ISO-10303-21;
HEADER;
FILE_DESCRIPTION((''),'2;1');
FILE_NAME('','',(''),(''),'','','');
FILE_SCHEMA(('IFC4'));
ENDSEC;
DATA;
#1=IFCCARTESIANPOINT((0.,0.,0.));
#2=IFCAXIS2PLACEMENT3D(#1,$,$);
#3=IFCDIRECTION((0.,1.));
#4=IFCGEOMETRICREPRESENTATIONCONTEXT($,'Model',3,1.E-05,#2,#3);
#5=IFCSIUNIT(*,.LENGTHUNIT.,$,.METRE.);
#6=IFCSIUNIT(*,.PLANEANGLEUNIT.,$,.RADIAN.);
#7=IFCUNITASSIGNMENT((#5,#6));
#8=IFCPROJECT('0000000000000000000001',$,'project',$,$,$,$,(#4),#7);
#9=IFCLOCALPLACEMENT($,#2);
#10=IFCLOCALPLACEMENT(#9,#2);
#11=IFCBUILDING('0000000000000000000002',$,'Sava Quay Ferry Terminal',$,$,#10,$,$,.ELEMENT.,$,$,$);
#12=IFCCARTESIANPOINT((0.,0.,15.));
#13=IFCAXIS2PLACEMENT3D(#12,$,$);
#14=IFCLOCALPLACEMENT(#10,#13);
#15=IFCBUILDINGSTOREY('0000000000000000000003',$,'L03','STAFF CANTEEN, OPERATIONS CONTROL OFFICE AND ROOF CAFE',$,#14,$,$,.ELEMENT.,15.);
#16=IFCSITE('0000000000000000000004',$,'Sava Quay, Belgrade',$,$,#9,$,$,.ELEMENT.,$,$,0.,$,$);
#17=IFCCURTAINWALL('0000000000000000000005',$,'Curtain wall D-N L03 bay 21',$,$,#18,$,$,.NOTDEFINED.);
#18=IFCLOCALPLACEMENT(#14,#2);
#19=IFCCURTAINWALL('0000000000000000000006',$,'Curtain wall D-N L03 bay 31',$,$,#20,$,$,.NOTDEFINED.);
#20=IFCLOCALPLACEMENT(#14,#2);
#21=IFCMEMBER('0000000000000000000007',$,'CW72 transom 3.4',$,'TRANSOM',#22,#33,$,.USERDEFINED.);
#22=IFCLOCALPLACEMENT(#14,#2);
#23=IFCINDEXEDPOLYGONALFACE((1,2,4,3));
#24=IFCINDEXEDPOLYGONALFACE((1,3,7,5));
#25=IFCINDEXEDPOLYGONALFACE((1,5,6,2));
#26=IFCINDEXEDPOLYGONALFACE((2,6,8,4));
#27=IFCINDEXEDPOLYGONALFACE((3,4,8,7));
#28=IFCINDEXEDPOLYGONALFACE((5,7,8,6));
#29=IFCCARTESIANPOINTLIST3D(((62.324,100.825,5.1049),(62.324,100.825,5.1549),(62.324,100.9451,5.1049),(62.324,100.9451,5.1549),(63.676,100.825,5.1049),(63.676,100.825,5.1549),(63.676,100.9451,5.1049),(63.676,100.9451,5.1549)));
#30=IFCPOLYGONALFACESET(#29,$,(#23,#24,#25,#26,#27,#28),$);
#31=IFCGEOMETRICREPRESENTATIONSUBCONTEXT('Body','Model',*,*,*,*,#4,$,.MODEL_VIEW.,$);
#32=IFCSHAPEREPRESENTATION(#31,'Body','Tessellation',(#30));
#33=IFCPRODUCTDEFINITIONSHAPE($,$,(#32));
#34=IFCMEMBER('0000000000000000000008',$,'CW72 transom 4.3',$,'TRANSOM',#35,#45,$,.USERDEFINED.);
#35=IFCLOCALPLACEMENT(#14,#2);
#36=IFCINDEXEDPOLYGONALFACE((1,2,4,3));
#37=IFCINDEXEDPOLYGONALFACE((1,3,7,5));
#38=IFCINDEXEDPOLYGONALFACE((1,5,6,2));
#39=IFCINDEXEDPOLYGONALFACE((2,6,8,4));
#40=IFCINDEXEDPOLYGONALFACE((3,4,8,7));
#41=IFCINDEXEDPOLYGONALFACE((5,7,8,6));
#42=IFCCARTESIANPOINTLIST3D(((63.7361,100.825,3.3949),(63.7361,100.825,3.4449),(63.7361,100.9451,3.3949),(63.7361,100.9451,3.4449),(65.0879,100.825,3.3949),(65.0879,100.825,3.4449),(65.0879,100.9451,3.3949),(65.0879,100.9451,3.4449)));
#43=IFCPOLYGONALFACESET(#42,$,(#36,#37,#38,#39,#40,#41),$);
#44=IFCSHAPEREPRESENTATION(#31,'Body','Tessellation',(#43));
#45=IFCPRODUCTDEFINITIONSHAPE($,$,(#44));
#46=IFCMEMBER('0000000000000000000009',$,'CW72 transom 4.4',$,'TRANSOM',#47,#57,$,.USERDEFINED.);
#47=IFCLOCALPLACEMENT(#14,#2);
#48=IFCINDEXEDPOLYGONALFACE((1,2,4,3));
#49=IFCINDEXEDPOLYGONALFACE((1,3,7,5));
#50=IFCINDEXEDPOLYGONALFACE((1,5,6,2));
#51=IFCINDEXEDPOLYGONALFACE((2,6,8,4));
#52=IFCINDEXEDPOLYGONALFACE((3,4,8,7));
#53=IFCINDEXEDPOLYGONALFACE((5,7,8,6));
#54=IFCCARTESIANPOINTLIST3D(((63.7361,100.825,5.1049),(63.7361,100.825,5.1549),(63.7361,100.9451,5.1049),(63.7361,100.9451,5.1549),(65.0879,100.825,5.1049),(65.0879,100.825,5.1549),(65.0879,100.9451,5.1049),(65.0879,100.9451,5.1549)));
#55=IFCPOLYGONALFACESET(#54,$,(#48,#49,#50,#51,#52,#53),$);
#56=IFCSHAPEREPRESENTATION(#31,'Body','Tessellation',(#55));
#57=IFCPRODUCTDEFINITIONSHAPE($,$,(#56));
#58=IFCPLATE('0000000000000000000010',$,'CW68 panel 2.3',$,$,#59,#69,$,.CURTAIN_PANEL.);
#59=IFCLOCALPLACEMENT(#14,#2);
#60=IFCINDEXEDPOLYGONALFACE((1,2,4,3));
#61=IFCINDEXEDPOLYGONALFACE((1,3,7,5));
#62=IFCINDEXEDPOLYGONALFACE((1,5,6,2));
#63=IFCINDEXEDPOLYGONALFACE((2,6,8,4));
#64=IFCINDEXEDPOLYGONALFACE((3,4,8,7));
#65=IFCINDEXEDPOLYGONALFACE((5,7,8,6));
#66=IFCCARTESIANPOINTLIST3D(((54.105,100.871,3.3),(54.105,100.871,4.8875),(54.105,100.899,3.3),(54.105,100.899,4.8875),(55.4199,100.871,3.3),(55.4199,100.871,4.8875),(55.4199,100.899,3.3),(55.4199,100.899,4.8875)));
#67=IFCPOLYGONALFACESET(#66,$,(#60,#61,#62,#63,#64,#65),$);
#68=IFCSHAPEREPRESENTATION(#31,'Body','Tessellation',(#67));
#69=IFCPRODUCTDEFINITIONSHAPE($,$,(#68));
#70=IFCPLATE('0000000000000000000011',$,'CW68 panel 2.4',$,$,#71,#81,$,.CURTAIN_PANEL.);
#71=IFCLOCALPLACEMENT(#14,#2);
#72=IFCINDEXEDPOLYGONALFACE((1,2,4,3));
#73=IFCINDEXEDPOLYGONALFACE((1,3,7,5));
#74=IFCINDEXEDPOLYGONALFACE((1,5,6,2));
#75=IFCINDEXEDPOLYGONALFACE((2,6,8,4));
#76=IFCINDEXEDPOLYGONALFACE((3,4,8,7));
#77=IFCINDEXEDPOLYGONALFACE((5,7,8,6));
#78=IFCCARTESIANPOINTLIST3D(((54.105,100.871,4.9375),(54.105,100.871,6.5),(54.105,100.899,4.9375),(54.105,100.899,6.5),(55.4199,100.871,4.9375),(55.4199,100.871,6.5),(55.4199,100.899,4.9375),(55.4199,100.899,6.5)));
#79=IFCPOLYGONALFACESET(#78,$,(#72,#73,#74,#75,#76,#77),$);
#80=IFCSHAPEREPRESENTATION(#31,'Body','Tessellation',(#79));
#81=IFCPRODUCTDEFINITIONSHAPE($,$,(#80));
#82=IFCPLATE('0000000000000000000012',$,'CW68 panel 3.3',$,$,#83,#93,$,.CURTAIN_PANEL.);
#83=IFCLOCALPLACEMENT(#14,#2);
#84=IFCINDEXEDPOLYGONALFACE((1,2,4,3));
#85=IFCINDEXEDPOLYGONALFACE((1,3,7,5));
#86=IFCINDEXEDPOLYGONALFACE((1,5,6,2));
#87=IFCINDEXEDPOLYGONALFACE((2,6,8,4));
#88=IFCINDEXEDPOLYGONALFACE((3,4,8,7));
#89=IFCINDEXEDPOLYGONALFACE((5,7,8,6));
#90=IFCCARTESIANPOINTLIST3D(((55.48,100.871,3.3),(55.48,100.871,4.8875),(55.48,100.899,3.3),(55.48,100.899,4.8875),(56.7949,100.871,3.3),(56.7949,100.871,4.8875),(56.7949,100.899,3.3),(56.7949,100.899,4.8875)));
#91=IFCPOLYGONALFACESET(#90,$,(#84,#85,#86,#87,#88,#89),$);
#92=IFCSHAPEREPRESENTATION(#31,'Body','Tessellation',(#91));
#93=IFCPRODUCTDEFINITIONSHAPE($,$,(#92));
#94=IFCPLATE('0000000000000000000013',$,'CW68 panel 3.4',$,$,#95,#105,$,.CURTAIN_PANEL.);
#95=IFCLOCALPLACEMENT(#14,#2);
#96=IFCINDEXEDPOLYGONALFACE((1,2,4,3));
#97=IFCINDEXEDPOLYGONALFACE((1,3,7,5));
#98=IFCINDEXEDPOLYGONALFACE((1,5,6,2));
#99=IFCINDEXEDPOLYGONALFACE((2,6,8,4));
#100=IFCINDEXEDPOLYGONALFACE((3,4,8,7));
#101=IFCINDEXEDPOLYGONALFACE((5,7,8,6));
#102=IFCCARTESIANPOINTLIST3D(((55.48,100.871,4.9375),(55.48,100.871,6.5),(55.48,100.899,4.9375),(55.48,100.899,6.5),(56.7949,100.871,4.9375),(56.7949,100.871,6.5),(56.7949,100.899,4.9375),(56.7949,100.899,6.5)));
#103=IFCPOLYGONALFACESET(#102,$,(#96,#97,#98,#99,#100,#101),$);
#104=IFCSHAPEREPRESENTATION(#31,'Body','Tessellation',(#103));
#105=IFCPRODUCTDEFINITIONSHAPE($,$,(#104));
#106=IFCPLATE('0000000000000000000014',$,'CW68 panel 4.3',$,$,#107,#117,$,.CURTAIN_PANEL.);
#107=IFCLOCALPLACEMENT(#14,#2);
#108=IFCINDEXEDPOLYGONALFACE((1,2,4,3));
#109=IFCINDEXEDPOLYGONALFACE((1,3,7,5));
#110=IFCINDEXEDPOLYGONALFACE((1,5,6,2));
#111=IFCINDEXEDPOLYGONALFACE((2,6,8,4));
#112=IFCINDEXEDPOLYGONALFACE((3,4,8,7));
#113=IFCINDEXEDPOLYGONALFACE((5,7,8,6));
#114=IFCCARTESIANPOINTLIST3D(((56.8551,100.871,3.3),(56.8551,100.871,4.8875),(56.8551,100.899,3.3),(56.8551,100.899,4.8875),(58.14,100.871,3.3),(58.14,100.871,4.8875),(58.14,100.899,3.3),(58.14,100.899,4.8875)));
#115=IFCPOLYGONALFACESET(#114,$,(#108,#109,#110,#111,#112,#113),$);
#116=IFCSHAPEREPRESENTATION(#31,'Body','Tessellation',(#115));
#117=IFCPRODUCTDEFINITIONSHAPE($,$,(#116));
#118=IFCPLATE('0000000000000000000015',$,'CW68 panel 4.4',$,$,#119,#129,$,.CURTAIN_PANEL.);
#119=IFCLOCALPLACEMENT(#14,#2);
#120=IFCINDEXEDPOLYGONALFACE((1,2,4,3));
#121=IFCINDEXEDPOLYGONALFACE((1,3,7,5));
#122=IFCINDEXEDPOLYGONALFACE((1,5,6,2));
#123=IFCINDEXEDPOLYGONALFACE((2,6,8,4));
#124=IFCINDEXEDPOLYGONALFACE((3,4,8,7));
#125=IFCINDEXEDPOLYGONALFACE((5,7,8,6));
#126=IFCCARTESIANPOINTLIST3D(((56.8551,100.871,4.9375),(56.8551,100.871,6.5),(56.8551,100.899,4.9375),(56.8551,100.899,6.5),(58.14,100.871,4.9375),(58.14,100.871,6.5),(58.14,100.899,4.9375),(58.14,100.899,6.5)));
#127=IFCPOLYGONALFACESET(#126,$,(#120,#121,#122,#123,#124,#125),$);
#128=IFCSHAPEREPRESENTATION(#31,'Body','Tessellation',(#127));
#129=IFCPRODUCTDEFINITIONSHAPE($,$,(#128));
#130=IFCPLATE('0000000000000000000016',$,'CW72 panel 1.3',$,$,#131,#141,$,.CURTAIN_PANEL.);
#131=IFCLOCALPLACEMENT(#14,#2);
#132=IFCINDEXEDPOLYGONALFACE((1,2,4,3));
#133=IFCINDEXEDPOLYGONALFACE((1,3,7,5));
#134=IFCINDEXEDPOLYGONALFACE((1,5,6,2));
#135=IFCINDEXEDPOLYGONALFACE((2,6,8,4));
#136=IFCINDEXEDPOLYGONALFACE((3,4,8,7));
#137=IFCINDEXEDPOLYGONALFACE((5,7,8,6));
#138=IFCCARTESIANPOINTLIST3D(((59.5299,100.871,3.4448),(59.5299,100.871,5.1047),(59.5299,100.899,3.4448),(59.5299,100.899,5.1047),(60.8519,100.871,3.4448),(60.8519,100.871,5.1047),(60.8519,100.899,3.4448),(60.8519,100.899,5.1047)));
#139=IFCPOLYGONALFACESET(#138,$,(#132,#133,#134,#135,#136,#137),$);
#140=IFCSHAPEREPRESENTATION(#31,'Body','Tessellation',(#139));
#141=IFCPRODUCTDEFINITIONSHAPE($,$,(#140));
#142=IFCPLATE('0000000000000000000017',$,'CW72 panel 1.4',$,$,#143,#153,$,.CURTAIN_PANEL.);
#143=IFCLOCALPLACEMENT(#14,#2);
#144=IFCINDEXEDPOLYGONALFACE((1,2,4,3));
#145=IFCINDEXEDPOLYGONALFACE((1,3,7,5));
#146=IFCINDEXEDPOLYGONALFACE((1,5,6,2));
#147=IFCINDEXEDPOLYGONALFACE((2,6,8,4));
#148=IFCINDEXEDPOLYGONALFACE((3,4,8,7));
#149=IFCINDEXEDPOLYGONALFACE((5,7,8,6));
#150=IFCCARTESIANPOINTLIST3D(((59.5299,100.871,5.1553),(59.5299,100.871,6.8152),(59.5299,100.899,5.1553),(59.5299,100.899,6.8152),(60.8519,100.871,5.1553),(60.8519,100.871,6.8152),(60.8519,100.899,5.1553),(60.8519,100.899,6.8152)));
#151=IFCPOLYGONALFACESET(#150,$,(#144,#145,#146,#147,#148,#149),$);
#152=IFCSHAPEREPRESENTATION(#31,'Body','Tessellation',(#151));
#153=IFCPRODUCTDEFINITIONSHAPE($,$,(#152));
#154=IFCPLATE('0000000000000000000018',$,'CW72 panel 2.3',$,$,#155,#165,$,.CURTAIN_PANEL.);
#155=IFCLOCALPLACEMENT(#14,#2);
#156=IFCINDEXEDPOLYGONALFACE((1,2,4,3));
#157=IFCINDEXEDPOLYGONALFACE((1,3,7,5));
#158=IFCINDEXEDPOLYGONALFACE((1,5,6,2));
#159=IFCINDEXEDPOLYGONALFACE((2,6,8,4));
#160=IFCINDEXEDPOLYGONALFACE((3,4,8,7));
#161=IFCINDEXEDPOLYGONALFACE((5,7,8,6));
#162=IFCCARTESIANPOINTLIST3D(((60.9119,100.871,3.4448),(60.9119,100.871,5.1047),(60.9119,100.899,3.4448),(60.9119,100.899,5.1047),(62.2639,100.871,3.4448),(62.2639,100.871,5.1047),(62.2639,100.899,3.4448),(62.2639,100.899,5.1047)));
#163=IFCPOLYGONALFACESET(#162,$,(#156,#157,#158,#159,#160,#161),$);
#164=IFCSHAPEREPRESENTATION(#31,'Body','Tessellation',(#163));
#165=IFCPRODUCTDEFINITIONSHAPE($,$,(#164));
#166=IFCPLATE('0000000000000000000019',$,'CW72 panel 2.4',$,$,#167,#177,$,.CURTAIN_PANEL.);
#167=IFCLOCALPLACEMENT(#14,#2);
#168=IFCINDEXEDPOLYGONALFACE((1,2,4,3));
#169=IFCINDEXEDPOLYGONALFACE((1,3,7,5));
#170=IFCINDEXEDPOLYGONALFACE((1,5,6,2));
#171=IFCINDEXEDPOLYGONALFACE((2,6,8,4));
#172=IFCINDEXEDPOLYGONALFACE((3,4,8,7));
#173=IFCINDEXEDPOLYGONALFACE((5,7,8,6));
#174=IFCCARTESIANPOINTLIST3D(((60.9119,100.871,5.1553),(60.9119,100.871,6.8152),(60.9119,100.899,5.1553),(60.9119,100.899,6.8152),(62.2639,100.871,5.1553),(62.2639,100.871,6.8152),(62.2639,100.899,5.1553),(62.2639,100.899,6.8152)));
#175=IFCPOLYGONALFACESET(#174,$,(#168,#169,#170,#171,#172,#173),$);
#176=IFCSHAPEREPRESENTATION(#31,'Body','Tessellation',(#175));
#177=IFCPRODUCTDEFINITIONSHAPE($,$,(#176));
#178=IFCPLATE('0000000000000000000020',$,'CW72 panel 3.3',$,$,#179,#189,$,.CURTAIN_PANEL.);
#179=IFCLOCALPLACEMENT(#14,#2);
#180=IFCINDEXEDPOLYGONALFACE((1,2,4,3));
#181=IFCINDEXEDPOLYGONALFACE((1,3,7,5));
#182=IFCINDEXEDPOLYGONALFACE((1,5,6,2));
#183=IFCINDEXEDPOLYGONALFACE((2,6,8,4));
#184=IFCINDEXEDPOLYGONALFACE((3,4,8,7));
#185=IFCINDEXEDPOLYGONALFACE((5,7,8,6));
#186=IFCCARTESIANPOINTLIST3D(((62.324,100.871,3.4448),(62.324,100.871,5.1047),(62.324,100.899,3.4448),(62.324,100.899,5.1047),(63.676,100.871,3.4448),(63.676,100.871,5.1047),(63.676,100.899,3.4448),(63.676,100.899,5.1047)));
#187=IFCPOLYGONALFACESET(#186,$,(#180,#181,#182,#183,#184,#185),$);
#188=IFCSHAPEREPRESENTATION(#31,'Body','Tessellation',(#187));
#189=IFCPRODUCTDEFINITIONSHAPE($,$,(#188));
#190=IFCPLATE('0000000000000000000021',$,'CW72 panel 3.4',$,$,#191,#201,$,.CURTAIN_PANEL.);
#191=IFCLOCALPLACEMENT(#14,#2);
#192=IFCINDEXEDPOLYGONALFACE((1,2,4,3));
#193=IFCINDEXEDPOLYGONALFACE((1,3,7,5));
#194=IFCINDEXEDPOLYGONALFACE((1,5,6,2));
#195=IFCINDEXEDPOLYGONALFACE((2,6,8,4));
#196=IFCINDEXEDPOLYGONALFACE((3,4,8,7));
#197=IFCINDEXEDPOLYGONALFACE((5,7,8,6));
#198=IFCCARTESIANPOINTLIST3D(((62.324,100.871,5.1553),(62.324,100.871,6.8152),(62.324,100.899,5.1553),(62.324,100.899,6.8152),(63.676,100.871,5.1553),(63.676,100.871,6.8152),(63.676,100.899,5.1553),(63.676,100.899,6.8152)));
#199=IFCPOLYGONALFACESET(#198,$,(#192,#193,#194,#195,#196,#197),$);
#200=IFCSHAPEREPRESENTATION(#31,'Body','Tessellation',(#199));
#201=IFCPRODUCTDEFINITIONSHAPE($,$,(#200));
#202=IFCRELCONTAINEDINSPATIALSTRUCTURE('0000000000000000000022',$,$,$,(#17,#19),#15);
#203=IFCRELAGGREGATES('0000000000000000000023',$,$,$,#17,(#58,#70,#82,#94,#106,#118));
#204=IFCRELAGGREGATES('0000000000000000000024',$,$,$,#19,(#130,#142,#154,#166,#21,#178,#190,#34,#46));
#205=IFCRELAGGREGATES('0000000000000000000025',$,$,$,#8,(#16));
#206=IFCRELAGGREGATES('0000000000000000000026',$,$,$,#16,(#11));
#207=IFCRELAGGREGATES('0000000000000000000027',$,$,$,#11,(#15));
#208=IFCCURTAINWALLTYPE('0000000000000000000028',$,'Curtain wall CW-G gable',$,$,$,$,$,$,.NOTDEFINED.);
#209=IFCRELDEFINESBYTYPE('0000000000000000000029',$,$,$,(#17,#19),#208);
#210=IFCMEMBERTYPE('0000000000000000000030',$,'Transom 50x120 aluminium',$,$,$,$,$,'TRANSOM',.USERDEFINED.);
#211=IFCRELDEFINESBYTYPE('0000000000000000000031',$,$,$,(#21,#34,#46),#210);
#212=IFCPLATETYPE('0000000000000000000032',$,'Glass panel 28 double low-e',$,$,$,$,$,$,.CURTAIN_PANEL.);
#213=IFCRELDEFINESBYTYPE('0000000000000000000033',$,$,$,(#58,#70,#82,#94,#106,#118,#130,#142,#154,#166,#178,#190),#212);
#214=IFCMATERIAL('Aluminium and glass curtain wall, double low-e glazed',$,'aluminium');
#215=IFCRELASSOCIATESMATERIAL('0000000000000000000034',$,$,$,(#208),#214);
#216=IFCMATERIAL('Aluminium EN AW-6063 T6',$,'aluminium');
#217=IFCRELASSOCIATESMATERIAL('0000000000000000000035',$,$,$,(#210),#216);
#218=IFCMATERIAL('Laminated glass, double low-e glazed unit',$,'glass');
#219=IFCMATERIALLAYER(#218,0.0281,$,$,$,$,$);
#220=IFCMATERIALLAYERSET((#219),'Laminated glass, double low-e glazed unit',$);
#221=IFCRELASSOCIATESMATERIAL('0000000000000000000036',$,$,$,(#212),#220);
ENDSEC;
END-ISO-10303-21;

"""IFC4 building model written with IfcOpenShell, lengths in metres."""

from ifc_helpers import new_model, si_unit, direction, frame, origin, origin_2d, place, context, subcontext, project, spatial, rectangle, extrude, material, layer, layer_set, material_profile, profile_set, type_object, element, aggregate, save


model = new_model("IFC4")

# Units and contexts
model_context = context("Model", 3, precision=1e-05, world=origin(), true_north=direction((0.0, 1.0)))
body_context = subcontext(model_context, "Body", "Model", "MODEL_VIEW")
ifc_project = project(units=[si_unit("LENGTHUNIT", "METRE"), si_unit("PLANEANGLEUNIT", "RADIAN")], contexts=[model_context])

# Site, building, storey
site_placement = place(None, origin())
site = spatial("IfcSite", under=ifc_project, at=site_placement, Name="Sava Quay, Belgrade", CompositionType="ELEMENT", RefElevation=0.0)
building_placement = place(site_placement, origin())
building = spatial("IfcBuilding", under=site, at=building_placement, Name="Sava Quay Ferry Terminal", CompositionType="ELEMENT")
storey_placement = place(building_placement, frame((0.0, 0.0, 15.0)))
storey = spatial("IfcBuildingStorey", under=building, at=storey_placement, Name="L03", Description="STAFF CANTEEN, OPERATIONS CONTROL OFFICE AND ROOF CAFE", CompositionType="ELEMENT", Elevation=15.0)

# Curtain walls, members
ifc_material_1 = material(Name="Aluminium and glass curtain wall, double low-e glazed", Category="aluminium")
curtain_wall_type = type_object("IfcCurtainWallType", Name="Curtain wall CW-G gable", PredefinedType="NOTDEFINED", material=ifc_material_1)
curtain_wall_1_placement = place(storey_placement, origin())
curtain_wall_1 = element("IfcCurtainWall", 1, at=curtain_wall_1_placement, inside=storey, type_object=curtain_wall_type, Name="Curtain wall D-N L03 bay 21", PredefinedType="NOTDEFINED")
ifc_material_2 = material(Name="Aluminium EN AW-6063 T6", Category="aluminium")
ifc_material_profile_1 = material_profile(ifc_material_2, rectangle(XDim=0.1201, YDim=0.05, at=origin_2d()), Name="Transom 50x120 aluminium")
ifc_profile_set_1 = profile_set([ifc_material_profile_1], Name="Aluminium EN AW-6063 T6")
member_type_1 = type_object("IfcMemberType", Name="Transom 50x120 aluminium", ElementType="TRANSOM", PredefinedType="USERDEFINED", material=ifc_profile_set_1)
curtain_wall_2_placement = place(storey_placement, origin())
curtain_wall_2 = element("IfcCurtainWall", 2, at=curtain_wall_2_placement, inside=storey, type_object=curtain_wall_type, Name="Curtain wall D-N L03 bay 31", PredefinedType="NOTDEFINED")
member_1_placement = place(storey_placement, frame((62.324, 100.885, 5.1299), z_axis=(1.0, 0.0, 0.0), x_axis=(0.0, 1.0, 0.0)))
member_1 = element("IfcMember", 3, at=member_1_placement, type_object=member_type_1, Name="CW72 transom 3.4", ObjectType="TRANSOM", PredefinedType="USERDEFINED", context=body_context, shape_type="SweptSolid", body=[
    extrude(rectangle(XDim=0.1201, YDim=0.05, at=origin_2d()), origin(), (0.0, 0.0, 1.0), 1.3521),
])
member_2_placement = place(storey_placement, frame((63.7361, 100.885, 3.4199), z_axis=(1.0, 0.0, 0.0), x_axis=(0.0, 1.0, 0.0)))
member_2 = element("IfcMember", 4, at=member_2_placement, type_object=member_type_1, Name="CW72 transom 4.3", ObjectType="TRANSOM", PredefinedType="USERDEFINED", context=body_context, shape_type="SweptSolid", body=[
    extrude(rectangle(XDim=0.1201, YDim=0.05, at=origin_2d()), origin(), (0.0, 0.0, 1.0), 1.3518),
])
member_3_placement = place(storey_placement, frame((63.7361, 100.885, 5.1299), z_axis=(1.0, 0.0, 0.0), x_axis=(0.0, 1.0, 0.0)))
member_3 = element("IfcMember", 5, at=member_3_placement, type_object=member_type_1, Name="CW72 transom 4.4", ObjectType="TRANSOM", PredefinedType="USERDEFINED", context=body_context, shape_type="SweptSolid", body=[
    extrude(rectangle(XDim=0.1201, YDim=0.05, at=origin_2d()), origin(), (0.0, 0.0, 1.0), 1.3518),
])

# Plates
ifc_material_3 = material(Name="Laminated glass, double low-e glazed unit", Category="glass")
ifc_layer = layer(ifc_material_3, 0.0281)
ifc_layer_set = layer_set([ifc_layer], Name="Laminated glass, double low-e glazed unit")
plate_type = type_object("IfcPlateType", Name="Glass panel 28 double low-e", PredefinedType="CURTAIN_PANEL", material=ifc_layer_set)
plate_1_placement = place(storey_placement, frame((54.7625, 100.885, 3.3), z_axis=(0.0, 0.0, 1.0), x_axis=(1.0, 0.0, 0.0)))
plate_1 = element("IfcPlate", 6, at=plate_1_placement, type_object=plate_type, Name="CW68 panel 2.3", PredefinedType="CURTAIN_PANEL", context=body_context, shape_type="SweptSolid", body=[
    extrude(rectangle(XDim=1.3149, YDim=0.0281, at=origin_2d()), origin(), (0.0, 0.0, 1.0), 1.5874),
])
plate_2_placement = place(storey_placement, frame((54.7625, 100.885, 4.9375), z_axis=(0.0, 0.0, 1.0), x_axis=(1.0, 0.0, 0.0)))
plate_2 = element("IfcPlate", 7, at=plate_2_placement, type_object=plate_type, Name="CW68 panel 2.4", PredefinedType="CURTAIN_PANEL", context=body_context, shape_type="SweptSolid", body=[
    extrude(rectangle(XDim=1.3149, YDim=0.0281, at=origin_2d()), origin(), (0.0, 0.0, 1.0), 1.5625),
])
plate_3_placement = place(storey_placement, frame((56.1375, 100.885, 3.3), z_axis=(0.0, 0.0, 1.0), x_axis=(1.0, 0.0, 0.0)))
plate_3 = element("IfcPlate", 8, at=plate_3_placement, type_object=plate_type, Name="CW68 panel 3.3", PredefinedType="CURTAIN_PANEL", context=body_context, shape_type="SweptSolid", body=[
    extrude(rectangle(XDim=1.3149, YDim=0.0281, at=origin_2d()), origin(), (0.0, 0.0, 1.0), 1.5874),
])
plate_4_placement = place(storey_placement, frame((56.1375, 100.885, 4.9375), z_axis=(0.0, 0.0, 1.0), x_axis=(1.0, 0.0, 0.0)))
plate_4 = element("IfcPlate", 9, at=plate_4_placement, type_object=plate_type, Name="CW68 panel 3.4", PredefinedType="CURTAIN_PANEL", context=body_context, shape_type="SweptSolid", body=[
    extrude(rectangle(XDim=1.3149, YDim=0.0281, at=origin_2d()), origin(), (0.0, 0.0, 1.0), 1.5625),
])
plate_5_placement = place(storey_placement, frame((57.4976, 100.885, 3.3), z_axis=(0.0, 0.0, 1.0), x_axis=(1.0, 0.0, 0.0)))
plate_5 = element("IfcPlate", 10, at=plate_5_placement, type_object=plate_type, Name="CW68 panel 4.3", PredefinedType="CURTAIN_PANEL", context=body_context, shape_type="SweptSolid", body=[
    extrude(rectangle(XDim=1.2849, YDim=0.0281, at=origin_2d()), origin(), (0.0, 0.0, 1.0), 1.5874),
])
plate_6_placement = place(storey_placement, frame((57.4976, 100.885, 4.9375), z_axis=(0.0, 0.0, 1.0), x_axis=(1.0, 0.0, 0.0)))
plate_6 = element("IfcPlate", 11, at=plate_6_placement, type_object=plate_type, Name="CW68 panel 4.4", PredefinedType="CURTAIN_PANEL", context=body_context, shape_type="SweptSolid", body=[
    extrude(rectangle(XDim=1.2849, YDim=0.0281, at=origin_2d()), origin(), (0.0, 0.0, 1.0), 1.5625),
])
aggregate(curtain_wall_1, [plate_1, plate_2, plate_3, plate_4, plate_5, plate_6])
plate_7_placement = place(storey_placement, frame((60.1909, 100.885, 3.4448), z_axis=(0.0, 0.0, 1.0), x_axis=(1.0, 0.0, 0.0)))
plate_7 = element("IfcPlate", 12, at=plate_7_placement, type_object=plate_type, Name="CW72 panel 1.3", PredefinedType="CURTAIN_PANEL", context=body_context, shape_type="SweptSolid", body=[
    extrude(rectangle(XDim=1.322, YDim=0.0281, at=origin_2d()), origin(), (0.0, 0.0, 1.0), 1.6599),
])
plate_8_placement = place(storey_placement, frame((60.1909, 100.885, 5.1553), z_axis=(0.0, 0.0, 1.0), x_axis=(1.0, 0.0, 0.0)))
plate_8 = element("IfcPlate", 13, at=plate_8_placement, type_object=plate_type, Name="CW72 panel 1.4", PredefinedType="CURTAIN_PANEL", context=body_context, shape_type="SweptSolid", body=[
    extrude(rectangle(XDim=1.322, YDim=0.0281, at=origin_2d()), origin(), (0.0, 0.0, 1.0), 1.6599),
])
plate_9_placement = place(storey_placement, frame((61.5879, 100.885, 3.4448), z_axis=(0.0, 0.0, 1.0), x_axis=(1.0, 0.0, 0.0)))
plate_9 = element("IfcPlate", 14, at=plate_9_placement, type_object=plate_type, Name="CW72 panel 2.3", PredefinedType="CURTAIN_PANEL", context=body_context, shape_type="SweptSolid", body=[
    extrude(rectangle(XDim=1.3521, YDim=0.0281, at=origin_2d()), origin(), (0.0, 0.0, 1.0), 1.6599),
])
plate_10_placement = place(storey_placement, frame((61.5879, 100.885, 5.1553), z_axis=(0.0, 0.0, 1.0), x_axis=(1.0, 0.0, 0.0)))
plate_10 = element("IfcPlate", 15, at=plate_10_placement, type_object=plate_type, Name="CW72 panel 2.4", PredefinedType="CURTAIN_PANEL", context=body_context, shape_type="SweptSolid", body=[
    extrude(rectangle(XDim=1.3521, YDim=0.0281, at=origin_2d()), origin(), (0.0, 0.0, 1.0), 1.6599),
])
plate_11_placement = place(storey_placement, frame((63.0, 100.885, 3.4448), z_axis=(0.0, 0.0, 1.0), x_axis=(1.0, 0.0, 0.0)))
plate_11 = element("IfcPlate", 16, at=plate_11_placement, type_object=plate_type, Name="CW72 panel 3.3", PredefinedType="CURTAIN_PANEL", context=body_context, shape_type="SweptSolid", body=[
    extrude(rectangle(XDim=1.3521, YDim=0.0281, at=origin_2d()), origin(), (0.0, 0.0, 1.0), 1.6599),
])
plate_12_placement = place(storey_placement, frame((63.0, 100.885, 5.1553), z_axis=(0.0, 0.0, 1.0), x_axis=(1.0, 0.0, 0.0)))
plate_12 = element("IfcPlate", 17, at=plate_12_placement, type_object=plate_type, Name="CW72 panel 3.4", PredefinedType="CURTAIN_PANEL", context=body_context, shape_type="SweptSolid", body=[
    extrude(rectangle(XDim=1.3521, YDim=0.0281, at=origin_2d()), origin(), (0.0, 0.0, 1.0), 1.6599),
])
aggregate(curtain_wall_2, [plate_7, plate_8, plate_9, plate_10, member_1, plate_11, plate_12, member_2, member_3])

save(model, "model.ifc")
